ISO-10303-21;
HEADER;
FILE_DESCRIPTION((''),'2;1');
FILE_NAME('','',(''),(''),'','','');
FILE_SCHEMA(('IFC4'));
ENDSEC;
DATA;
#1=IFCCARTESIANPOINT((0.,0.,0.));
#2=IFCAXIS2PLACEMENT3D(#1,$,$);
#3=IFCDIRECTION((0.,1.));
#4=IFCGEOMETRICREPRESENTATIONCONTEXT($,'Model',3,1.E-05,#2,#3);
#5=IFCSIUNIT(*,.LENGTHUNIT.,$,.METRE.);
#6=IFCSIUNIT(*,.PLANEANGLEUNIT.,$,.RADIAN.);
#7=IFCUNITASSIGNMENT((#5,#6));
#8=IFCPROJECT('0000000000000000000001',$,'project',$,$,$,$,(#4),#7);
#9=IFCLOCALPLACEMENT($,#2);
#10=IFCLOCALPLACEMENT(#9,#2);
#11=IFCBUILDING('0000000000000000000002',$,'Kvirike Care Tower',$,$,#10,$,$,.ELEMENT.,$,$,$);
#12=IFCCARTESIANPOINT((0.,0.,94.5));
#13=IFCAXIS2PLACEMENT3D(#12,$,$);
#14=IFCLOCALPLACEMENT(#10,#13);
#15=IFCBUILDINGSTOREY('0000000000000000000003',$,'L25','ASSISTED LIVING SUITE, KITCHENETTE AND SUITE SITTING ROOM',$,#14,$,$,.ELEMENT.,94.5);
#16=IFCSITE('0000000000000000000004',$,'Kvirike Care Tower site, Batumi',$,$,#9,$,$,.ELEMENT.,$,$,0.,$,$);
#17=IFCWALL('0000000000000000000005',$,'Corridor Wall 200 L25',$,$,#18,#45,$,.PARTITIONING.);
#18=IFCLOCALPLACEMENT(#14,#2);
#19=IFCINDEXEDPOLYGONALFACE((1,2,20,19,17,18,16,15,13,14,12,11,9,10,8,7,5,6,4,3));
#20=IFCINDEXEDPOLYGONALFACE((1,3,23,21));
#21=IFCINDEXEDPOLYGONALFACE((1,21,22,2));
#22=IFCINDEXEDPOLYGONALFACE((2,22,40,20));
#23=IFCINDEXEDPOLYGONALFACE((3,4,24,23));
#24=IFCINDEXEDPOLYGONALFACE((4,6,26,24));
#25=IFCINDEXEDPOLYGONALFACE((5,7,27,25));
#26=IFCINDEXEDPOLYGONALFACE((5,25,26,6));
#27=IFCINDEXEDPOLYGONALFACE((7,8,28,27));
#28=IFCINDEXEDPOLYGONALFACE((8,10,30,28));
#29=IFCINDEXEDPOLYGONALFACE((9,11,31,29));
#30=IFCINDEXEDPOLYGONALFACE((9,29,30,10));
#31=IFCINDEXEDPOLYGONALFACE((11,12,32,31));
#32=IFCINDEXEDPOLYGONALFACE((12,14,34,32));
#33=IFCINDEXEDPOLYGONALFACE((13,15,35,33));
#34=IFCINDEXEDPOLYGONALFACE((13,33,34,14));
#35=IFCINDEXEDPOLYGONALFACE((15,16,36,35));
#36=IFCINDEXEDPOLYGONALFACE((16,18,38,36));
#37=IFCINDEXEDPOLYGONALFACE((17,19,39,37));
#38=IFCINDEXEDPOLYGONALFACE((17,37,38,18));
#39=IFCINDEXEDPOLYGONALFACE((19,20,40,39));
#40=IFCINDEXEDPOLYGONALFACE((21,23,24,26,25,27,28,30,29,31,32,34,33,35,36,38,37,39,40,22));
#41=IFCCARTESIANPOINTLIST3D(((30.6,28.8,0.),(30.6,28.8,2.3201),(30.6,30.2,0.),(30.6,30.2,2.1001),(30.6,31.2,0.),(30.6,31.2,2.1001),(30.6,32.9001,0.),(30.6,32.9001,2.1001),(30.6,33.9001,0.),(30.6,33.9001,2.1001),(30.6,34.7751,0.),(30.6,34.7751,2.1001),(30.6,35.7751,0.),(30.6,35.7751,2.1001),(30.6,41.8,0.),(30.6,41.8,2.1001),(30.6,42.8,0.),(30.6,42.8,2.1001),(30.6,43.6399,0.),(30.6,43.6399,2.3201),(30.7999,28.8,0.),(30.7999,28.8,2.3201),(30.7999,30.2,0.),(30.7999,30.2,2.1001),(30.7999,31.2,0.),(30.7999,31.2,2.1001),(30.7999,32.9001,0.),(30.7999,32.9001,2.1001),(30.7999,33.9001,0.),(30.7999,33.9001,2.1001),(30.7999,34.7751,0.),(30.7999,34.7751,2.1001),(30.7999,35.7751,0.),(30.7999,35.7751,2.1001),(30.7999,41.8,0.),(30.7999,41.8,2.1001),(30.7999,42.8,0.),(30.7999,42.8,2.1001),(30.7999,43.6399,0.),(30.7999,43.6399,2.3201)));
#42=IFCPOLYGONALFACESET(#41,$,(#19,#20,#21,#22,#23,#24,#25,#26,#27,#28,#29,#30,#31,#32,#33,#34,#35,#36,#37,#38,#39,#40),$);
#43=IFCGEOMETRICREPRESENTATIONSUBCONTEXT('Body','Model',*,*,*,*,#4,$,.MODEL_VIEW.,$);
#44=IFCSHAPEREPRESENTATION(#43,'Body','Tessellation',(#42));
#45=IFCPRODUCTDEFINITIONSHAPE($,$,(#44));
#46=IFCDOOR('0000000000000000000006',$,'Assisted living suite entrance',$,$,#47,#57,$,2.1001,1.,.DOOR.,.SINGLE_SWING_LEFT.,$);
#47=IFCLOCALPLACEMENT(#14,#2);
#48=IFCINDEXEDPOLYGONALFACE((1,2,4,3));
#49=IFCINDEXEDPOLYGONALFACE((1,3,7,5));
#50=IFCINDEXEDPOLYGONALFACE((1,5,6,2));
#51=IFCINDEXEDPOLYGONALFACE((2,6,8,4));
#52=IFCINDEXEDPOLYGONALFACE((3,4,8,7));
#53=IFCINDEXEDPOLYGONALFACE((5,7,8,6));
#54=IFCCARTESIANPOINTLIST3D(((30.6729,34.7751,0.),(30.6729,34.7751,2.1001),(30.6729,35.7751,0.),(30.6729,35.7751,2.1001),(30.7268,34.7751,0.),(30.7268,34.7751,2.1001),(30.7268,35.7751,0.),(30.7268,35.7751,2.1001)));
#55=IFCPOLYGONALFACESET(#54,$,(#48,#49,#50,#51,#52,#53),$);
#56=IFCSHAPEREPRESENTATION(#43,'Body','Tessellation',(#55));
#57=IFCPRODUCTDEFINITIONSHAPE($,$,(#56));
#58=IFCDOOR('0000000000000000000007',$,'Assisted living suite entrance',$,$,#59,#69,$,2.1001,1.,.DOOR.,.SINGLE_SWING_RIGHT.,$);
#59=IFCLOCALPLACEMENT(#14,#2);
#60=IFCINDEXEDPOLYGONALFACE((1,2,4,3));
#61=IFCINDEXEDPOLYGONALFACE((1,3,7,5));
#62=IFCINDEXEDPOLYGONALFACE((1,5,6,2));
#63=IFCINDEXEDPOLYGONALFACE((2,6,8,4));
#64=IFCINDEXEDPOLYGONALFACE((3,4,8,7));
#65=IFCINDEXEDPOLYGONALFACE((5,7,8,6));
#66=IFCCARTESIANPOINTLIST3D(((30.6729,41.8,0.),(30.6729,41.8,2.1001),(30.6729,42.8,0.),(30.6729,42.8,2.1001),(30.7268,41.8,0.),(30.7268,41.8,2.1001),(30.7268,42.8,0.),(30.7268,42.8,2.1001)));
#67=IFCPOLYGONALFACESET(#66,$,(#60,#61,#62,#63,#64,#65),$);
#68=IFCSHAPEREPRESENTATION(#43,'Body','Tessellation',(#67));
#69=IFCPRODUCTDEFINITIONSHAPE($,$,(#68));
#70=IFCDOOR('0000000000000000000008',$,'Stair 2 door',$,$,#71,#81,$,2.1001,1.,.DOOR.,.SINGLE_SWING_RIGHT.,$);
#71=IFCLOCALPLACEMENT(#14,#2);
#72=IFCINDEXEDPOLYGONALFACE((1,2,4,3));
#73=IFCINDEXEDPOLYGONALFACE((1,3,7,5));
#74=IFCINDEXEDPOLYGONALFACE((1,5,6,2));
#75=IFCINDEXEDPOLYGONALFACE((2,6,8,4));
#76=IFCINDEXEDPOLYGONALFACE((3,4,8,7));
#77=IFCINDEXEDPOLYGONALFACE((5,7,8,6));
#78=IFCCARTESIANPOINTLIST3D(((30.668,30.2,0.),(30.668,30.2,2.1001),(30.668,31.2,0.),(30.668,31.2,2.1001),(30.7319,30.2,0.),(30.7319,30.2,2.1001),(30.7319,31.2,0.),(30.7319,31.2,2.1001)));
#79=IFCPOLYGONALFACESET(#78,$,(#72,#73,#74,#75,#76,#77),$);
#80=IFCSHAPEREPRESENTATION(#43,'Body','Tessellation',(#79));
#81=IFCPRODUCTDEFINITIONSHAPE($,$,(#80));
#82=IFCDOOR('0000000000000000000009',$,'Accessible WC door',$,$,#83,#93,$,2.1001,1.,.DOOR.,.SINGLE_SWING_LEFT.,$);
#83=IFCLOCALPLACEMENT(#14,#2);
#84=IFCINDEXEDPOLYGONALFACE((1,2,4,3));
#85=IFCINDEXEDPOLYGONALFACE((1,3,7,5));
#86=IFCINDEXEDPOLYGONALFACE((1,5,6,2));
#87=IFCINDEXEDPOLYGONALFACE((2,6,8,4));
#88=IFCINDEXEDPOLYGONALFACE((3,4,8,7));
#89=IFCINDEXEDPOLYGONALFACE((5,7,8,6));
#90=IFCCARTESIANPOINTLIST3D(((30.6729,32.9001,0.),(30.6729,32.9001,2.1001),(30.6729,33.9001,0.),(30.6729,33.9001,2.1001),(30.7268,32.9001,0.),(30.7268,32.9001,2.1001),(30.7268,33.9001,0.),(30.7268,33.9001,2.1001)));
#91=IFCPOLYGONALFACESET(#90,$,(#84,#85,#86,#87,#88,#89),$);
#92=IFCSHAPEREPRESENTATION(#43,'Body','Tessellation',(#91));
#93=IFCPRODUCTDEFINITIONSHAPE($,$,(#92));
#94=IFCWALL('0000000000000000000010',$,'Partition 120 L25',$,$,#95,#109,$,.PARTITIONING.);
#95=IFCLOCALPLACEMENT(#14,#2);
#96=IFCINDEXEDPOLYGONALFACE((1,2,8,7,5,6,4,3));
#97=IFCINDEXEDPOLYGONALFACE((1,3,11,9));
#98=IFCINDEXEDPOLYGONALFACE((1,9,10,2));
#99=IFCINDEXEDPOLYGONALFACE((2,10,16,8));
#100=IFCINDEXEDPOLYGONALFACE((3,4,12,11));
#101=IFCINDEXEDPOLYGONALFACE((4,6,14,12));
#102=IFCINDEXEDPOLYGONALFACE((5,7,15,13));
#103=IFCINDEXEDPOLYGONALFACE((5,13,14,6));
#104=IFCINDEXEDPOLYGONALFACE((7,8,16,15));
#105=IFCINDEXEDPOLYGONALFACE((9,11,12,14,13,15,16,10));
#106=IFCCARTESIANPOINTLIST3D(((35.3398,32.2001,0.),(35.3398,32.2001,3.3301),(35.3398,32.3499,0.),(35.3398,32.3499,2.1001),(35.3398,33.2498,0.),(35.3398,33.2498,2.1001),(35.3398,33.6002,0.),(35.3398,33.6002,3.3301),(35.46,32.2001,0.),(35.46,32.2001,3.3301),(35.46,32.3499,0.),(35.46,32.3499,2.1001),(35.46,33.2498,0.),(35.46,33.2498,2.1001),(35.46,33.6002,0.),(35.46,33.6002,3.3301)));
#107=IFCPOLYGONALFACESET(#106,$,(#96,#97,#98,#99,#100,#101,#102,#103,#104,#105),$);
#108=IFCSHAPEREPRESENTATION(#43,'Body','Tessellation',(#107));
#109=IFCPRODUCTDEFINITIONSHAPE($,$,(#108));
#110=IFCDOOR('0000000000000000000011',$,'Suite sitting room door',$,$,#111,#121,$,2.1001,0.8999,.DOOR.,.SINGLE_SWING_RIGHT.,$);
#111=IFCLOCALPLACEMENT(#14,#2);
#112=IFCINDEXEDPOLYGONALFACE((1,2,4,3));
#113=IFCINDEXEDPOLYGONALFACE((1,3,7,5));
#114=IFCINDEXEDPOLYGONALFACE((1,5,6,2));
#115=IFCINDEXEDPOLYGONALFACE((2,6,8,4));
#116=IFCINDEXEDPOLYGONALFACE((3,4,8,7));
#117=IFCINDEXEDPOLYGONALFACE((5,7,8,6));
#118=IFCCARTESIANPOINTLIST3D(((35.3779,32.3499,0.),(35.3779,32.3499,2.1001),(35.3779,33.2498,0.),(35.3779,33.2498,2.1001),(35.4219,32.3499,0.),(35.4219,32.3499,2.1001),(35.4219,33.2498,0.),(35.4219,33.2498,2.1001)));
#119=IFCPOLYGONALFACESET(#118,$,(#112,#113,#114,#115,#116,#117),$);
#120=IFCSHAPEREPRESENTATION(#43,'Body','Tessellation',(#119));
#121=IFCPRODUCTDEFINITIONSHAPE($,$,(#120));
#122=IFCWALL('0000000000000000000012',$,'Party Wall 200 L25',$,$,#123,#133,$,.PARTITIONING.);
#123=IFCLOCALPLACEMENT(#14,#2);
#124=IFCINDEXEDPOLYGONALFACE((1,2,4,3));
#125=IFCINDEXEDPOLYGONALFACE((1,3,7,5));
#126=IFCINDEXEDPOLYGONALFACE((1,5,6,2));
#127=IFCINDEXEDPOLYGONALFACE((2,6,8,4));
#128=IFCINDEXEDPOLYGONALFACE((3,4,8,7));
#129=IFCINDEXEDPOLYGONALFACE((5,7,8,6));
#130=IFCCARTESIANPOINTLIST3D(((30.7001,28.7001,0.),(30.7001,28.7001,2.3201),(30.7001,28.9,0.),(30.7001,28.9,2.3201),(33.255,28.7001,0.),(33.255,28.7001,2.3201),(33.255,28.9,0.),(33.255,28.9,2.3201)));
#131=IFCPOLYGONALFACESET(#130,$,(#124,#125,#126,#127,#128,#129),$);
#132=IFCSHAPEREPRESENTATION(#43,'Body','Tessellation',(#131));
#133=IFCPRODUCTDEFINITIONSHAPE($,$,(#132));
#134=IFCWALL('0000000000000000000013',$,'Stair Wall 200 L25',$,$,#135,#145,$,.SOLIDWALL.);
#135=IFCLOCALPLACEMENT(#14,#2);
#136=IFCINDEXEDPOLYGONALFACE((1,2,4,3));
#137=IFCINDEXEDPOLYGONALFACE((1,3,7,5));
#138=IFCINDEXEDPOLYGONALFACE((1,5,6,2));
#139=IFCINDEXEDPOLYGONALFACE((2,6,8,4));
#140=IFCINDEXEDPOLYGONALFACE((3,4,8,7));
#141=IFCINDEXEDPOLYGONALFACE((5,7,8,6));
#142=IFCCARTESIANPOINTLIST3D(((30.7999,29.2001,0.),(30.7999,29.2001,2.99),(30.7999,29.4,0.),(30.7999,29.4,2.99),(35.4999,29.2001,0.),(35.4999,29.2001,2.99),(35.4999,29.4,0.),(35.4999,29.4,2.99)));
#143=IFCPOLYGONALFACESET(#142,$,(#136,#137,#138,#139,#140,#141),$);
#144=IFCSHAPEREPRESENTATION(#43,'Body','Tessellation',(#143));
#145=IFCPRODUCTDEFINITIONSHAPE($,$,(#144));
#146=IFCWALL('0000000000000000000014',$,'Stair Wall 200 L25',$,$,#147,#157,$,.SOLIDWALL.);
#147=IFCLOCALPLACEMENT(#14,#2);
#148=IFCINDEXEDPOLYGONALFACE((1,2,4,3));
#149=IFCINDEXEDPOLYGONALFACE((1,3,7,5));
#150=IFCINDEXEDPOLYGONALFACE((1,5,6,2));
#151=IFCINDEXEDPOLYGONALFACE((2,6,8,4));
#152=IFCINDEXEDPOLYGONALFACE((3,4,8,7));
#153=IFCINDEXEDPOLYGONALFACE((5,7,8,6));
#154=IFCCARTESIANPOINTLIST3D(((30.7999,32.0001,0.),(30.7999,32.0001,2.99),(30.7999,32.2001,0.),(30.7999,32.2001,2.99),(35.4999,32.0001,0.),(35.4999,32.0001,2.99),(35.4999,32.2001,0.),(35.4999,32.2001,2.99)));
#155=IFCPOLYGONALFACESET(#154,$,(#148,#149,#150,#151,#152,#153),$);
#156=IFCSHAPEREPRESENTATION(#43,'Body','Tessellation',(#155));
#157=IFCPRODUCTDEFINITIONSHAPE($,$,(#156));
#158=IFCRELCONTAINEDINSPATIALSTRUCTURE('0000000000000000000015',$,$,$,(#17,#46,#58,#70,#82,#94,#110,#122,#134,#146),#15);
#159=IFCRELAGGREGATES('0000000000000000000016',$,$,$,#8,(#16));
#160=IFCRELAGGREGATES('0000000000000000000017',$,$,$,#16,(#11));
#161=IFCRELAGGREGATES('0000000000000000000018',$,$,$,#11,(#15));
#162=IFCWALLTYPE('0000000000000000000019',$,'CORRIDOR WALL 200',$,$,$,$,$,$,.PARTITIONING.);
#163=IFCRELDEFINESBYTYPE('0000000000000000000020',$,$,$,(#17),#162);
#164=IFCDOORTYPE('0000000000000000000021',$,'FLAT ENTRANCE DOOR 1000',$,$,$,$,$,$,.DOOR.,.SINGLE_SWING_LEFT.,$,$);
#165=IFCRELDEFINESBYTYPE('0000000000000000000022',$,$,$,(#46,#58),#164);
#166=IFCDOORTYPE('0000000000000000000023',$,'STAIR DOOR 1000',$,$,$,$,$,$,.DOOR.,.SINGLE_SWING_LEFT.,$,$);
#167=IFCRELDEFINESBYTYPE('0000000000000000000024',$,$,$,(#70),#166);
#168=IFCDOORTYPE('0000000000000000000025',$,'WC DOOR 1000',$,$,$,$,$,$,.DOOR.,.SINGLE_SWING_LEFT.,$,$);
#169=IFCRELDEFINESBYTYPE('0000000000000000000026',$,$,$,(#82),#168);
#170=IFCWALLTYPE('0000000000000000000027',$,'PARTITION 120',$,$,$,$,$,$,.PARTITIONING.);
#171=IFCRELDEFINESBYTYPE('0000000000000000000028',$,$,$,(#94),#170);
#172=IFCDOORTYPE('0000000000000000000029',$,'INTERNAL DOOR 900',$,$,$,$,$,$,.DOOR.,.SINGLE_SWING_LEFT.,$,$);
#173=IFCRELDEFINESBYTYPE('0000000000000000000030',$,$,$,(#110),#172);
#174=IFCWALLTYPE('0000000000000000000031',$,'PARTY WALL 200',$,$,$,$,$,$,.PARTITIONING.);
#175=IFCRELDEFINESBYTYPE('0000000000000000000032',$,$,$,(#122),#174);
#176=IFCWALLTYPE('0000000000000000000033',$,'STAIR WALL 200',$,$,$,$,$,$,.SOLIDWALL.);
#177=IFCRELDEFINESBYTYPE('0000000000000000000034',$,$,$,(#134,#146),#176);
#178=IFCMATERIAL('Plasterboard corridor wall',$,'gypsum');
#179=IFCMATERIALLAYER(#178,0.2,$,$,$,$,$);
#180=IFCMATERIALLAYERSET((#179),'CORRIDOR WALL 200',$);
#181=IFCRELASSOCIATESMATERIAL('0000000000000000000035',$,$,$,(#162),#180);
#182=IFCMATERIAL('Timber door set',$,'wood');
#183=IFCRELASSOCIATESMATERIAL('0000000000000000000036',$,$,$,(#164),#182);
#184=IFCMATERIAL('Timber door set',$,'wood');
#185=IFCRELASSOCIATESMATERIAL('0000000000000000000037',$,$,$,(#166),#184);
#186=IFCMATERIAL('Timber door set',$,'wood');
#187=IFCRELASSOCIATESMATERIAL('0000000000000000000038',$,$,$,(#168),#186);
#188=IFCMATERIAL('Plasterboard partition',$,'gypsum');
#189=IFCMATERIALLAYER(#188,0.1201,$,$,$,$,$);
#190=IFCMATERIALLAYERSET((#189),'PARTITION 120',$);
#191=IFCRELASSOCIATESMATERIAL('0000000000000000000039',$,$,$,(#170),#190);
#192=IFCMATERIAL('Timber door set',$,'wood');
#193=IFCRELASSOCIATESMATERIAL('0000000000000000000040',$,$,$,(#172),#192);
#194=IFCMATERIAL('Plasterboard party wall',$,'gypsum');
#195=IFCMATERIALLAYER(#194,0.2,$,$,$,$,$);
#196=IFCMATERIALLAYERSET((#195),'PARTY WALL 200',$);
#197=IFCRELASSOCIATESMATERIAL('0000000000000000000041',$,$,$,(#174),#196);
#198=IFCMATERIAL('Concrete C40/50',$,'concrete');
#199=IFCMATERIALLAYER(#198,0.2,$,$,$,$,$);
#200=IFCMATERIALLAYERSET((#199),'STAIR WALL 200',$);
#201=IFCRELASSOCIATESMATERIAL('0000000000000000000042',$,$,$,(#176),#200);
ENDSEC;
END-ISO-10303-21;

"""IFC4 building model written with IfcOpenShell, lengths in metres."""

from ifc_helpers import new_model, si_unit, direction, frame, frame_2d, origin, place, context, subcontext, project, spatial, rectangle, extrude, material, layer, layer_set, type_object, element, fill, save


model = new_model("IFC4")

# Units and contexts
model_context = context("Model", 3, precision=1e-05, world=origin(), true_north=direction((0.0, 1.0)))
body_context = subcontext(model_context, "Body", "Model", "MODEL_VIEW")
ifc_project = project(units=[si_unit("LENGTHUNIT", "METRE"), si_unit("PLANEANGLEUNIT", "RADIAN")], contexts=[model_context])

# Site, building, storey
site_placement = place(None, origin())
site = spatial("IfcSite", under=ifc_project, at=site_placement, Name="Kvirike Care Tower site, Batumi", CompositionType="ELEMENT", RefElevation=0.0)
building_placement = place(site_placement, origin())
building = spatial("IfcBuilding", under=site, at=building_placement, Name="Kvirike Care Tower", CompositionType="ELEMENT")
storey_placement = place(building_placement, frame((0.0, 0.0, 94.5)))
storey = spatial("IfcBuildingStorey", under=building, at=storey_placement, Name="L25", Description="ASSISTED LIVING SUITE, KITCHENETTE AND SUITE SITTING ROOM", CompositionType="ELEMENT", Elevation=94.5)

# Wall, openings, doors
ifc_material_1 = material(Name="Plasterboard corridor wall", Category="gypsum")
ifc_layer_1 = layer(ifc_material_1, 0.2)
ifc_layer_set_1 = layer_set([ifc_layer_1], Name="CORRIDOR WALL 200")
wall_type_1 = type_object("IfcWallType", Name="CORRIDOR WALL 200", PredefinedType="PARTITIONING", material=ifc_layer_set_1)
wall_1_placement = place(storey_placement, frame((30.7, 28.8, 0.0), z_axis=(0.0, 0.0, 1.0), x_axis=(0.0, 1.0, 0.0)))
wall_1 = element("IfcWall", 1, at=wall_1_placement, inside=storey, type_object=wall_type_1, Name="Corridor Wall 200 L25", PredefinedType="PARTITIONING", context=body_context, shape_type="SweptSolid", body=[
    extrude(rectangle(XDim=14.8398, YDim=0.2, at=frame_2d((7.4199, 0.0))), origin(), (0.0, 0.0, 1.0), 2.3201),
])
opening_1_placement = place(wall_1_placement, frame((1.3999, 0.0, 0.0)))
opening_1 = element("IfcOpeningElement", 2, at=opening_1_placement, cuts=wall_1, PredefinedType="OPENING", context=body_context, shape_type="SweptSolid", body=[
    extrude(rectangle(XDim=1.0, YDim=2.1001, at=frame_2d((0.5, 1.05))), frame((0.0, 0.1106, 0.0), z_axis=(0.0, -1.0, 0.0), x_axis=(1.0, 0.0, 0.0)), (0.0, 0.0, 1.0), 0.2209),
])
opening_2_placement = place(wall_1_placement, frame((4.1001, 0.0, 0.0)))
opening_2 = element("IfcOpeningElement", 3, at=opening_2_placement, cuts=wall_1, PredefinedType="OPENING", context=body_context, shape_type="SweptSolid", body=[
    extrude(rectangle(XDim=1.0, YDim=2.1001, at=frame_2d((0.5, 1.05))), frame((0.0, 0.1106, 0.0), z_axis=(0.0, -1.0, 0.0), x_axis=(1.0, 0.0, 0.0)), (0.0, 0.0, 1.0), 0.2209),
])
opening_3_placement = place(wall_1_placement, frame((5.9751, 0.0, 0.0)))
opening_3 = element("IfcOpeningElement", 4, at=opening_3_placement, cuts=wall_1, PredefinedType="OPENING", context=body_context, shape_type="SweptSolid", body=[
    extrude(rectangle(XDim=1.0, YDim=2.1001, at=frame_2d((0.5, 1.05))), frame((0.0, 0.1106, 0.0), z_axis=(0.0, -1.0, 0.0), x_axis=(1.0, 0.0, 0.0)), (0.0, 0.0, 1.0), 0.2209),
])
opening_4_placement = place(wall_1_placement, frame((13.0, 0.0, 0.0)))
opening_4 = element("IfcOpeningElement", 5, at=opening_4_placement, cuts=wall_1, PredefinedType="OPENING", context=body_context, shape_type="SweptSolid", body=[
    extrude(rectangle(XDim=1.0, YDim=2.1001, at=frame_2d((0.5, 1.05))), frame((0.0, 0.1106, 0.0), z_axis=(0.0, -1.0, 0.0), x_axis=(1.0, 0.0, 0.0)), (0.0, 0.0, 1.0), 0.2209),
])
ifc_material_2 = material(Name="Timber door set", Category="wood")
door_type_1 = type_object("IfcDoorType", Name="FLAT ENTRANCE DOOR 1000", OperationType="SINGLE_SWING_LEFT", PredefinedType="DOOR", material=ifc_material_2)
door_1_placement = place(opening_3_placement, frame((1.0, 0.0, 0.0), z_axis=(0.0, 0.0, 1.0), x_axis=(-1.0, 0.0, 0.0)))
door_1 = element("IfcDoor", 6, at=door_1_placement, inside=storey, type_object=door_type_1, Name="Assisted living suite entrance", OperationType="SINGLE_SWING_LEFT", OverallHeight=2.1001, OverallWidth=1.0, PredefinedType="DOOR", context=body_context, shape_type="SweptSolid", body=[
    extrude(rectangle(XDim=1.0, YDim=2.1001, at=frame_2d((0.5, 1.05))), frame((0.0, 0.0269, 0.0), z_axis=(0.0, -1.0, 0.0), x_axis=(1.0, 0.0, 0.0)), (0.0, 0.0, 1.0), 0.054),
])
fill(opening_3, door_1)
door_2_placement = place(opening_4_placement, frame((1.0, 0.0, 0.0), z_axis=(0.0, 0.0, 1.0), x_axis=(-1.0, 0.0, 0.0)))
door_2 = element("IfcDoor", 7, at=door_2_placement, inside=storey, type_object=door_type_1, Name="Assisted living suite entrance", OperationType="SINGLE_SWING_RIGHT", OverallHeight=2.1001, OverallWidth=1.0, PredefinedType="DOOR", context=body_context, shape_type="SweptSolid", body=[
    extrude(rectangle(XDim=1.0, YDim=2.1001, at=frame_2d((0.5, 1.05))), frame((0.0, 0.0269, 0.0), z_axis=(0.0, -1.0, 0.0), x_axis=(1.0, 0.0, 0.0)), (0.0, 0.0, 1.0), 0.054),
])
fill(opening_4, door_2)
ifc_material_3 = material(Name="Timber door set", Category="wood")
door_type_2 = type_object("IfcDoorType", Name="STAIR DOOR 1000", OperationType="SINGLE_SWING_LEFT", PredefinedType="DOOR", material=ifc_material_3)
door_3_placement = place(opening_1_placement, frame((1.0, 0.0, 0.0), z_axis=(0.0, 0.0, 1.0), x_axis=(-1.0, 0.0, 0.0)))
door_3 = element("IfcDoor", 8, at=door_3_placement, inside=storey, type_object=door_type_2, Name="Stair 2 door", OperationType="SINGLE_SWING_RIGHT", OverallHeight=2.1001, OverallWidth=1.0, PredefinedType="DOOR", context=body_context, shape_type="SweptSolid", body=[
    extrude(rectangle(XDim=1.0, YDim=2.1001, at=frame_2d((0.5, 1.05))), frame((0.0, 0.032, 0.0), z_axis=(0.0, -1.0, 0.0), x_axis=(1.0, 0.0, 0.0)), (0.0, 0.0, 1.0), 0.064),
])
fill(opening_1, door_3)
ifc_material_4 = material(Name="Timber door set", Category="wood")
door_type_3 = type_object("IfcDoorType", Name="WC DOOR 1000", OperationType="SINGLE_SWING_LEFT", PredefinedType="DOOR", material=ifc_material_4)
door_4_placement = place(opening_2_placement, frame((1.0, 0.0, 0.0), z_axis=(0.0, 0.0, 1.0), x_axis=(-1.0, 0.0, 0.0)))
door_4 = element("IfcDoor", 9, at=door_4_placement, inside=storey, type_object=door_type_3, Name="Accessible WC door", OperationType="SINGLE_SWING_LEFT", OverallHeight=2.1001, OverallWidth=1.0, PredefinedType="DOOR", context=body_context, shape_type="SweptSolid", body=[
    extrude(rectangle(XDim=1.0, YDim=2.1001, at=frame_2d((0.5, 1.05))), frame((0.0, 0.0269, 0.0), z_axis=(0.0, -1.0, 0.0), x_axis=(1.0, 0.0, 0.0)), (0.0, 0.0, 1.0), 0.054),
])
fill(opening_2, door_4)

# Wall, opening, door
ifc_material_5 = material(Name="Plasterboard partition", Category="gypsum")
ifc_layer_2 = layer(ifc_material_5, 0.1201)
ifc_layer_set_2 = layer_set([ifc_layer_2], Name="PARTITION 120")
wall_type_2 = type_object("IfcWallType", Name="PARTITION 120", PredefinedType="PARTITIONING", material=ifc_layer_set_2)
wall_2_placement = place(storey_placement, frame((35.3999, 32.2, 0.0), z_axis=(0.0, 0.0, 1.0), x_axis=(0.0, 1.0, 0.0)))
wall_2 = element("IfcWall", 10, at=wall_2_placement, inside=storey, type_object=wall_type_2, Name="Partition 120 L25", PredefinedType="PARTITIONING", context=body_context, shape_type="SweptSolid", body=[
    extrude(rectangle(XDim=1.4001, YDim=0.1201, at=frame_2d((0.7002, 0.0))), origin(), (0.0, 0.0, 1.0), 3.3301),
])
opening_5_placement = place(wall_2_placement, frame((0.1499, 0.0, 0.0)))
opening_5 = element("IfcOpeningElement", 11, at=opening_5_placement, cuts=wall_2, PredefinedType="OPENING", context=body_context, shape_type="SweptSolid", body=[
    extrude(rectangle(XDim=0.8999, YDim=2.1001, at=frame_2d((0.45, 1.05))), frame((0.0, 0.0706, 0.0), z_axis=(0.0, -1.0, 0.0), x_axis=(1.0, 0.0, 0.0)), (0.0, 0.0, 1.0), 0.1411),
])
ifc_material_6 = material(Name="Timber door set", Category="wood")
door_type_4 = type_object("IfcDoorType", Name="INTERNAL DOOR 900", OperationType="SINGLE_SWING_LEFT", PredefinedType="DOOR", material=ifc_material_6)
door_5_placement = place(opening_5_placement, origin())
door_5 = element("IfcDoor", 12, at=door_5_placement, inside=storey, type_object=door_type_4, Name="Suite sitting room door", OperationType="SINGLE_SWING_RIGHT", OverallHeight=2.1001, OverallWidth=0.8999, PredefinedType="DOOR", context=body_context, shape_type="SweptSolid", body=[
    extrude(rectangle(XDim=0.8999, YDim=2.1001, at=frame_2d((0.45, 1.05))), frame((0.0, 0.022, 0.0), z_axis=(0.0, -1.0, 0.0), x_axis=(1.0, 0.0, 0.0)), (0.0, 0.0, 1.0), 0.0439),
])
fill(opening_5, door_5)

# Walls
ifc_material_7 = material(Name="Plasterboard party wall", Category="gypsum")
ifc_layer_3 = layer(ifc_material_7, 0.2)
ifc_layer_set_3 = layer_set([ifc_layer_3], Name="PARTY WALL 200")
wall_type_3 = type_object("IfcWallType", Name="PARTY WALL 200", PredefinedType="PARTITIONING", material=ifc_layer_set_3)
wall_3_placement = place(storey_placement, frame((33.2549, 28.8, 0.0), z_axis=(0.0, 0.0, 1.0), x_axis=(-1.0, 0.0, 0.0)))
element("IfcWall", 13, at=wall_3_placement, inside=storey, type_object=wall_type_3, Name="Party Wall 200 L25", PredefinedType="PARTITIONING", context=body_context, shape_type="SweptSolid", body=[
    extrude(rectangle(XDim=2.5549, YDim=0.2, at=frame_2d((1.2773, 0.0))), origin(), (0.0, 0.0, 1.0), 2.3201),
])
ifc_material_8 = material(Name="Concrete C40/50", Category="concrete")
ifc_layer_4 = layer(ifc_material_8, 0.2)
ifc_layer_set_4 = layer_set([ifc_layer_4], Name="STAIR WALL 200")
wall_type_4 = type_object("IfcWallType", Name="STAIR WALL 200", PredefinedType="SOLIDWALL", material=ifc_layer_set_4)
for number, where, z_axis, x_axis, name in (
    (14, (35.5, 29.3, 0.0), (0.0, 0.0, 1.0), (-1.0, 0.0, 0.0), "Stair Wall 200 L25"),
    (15, (35.5, 32.1001, 0.0), (0.0, 0.0, 1.0), (-1.0, 0.0, 0.0), "Stair Wall 200 L25"),
):
    element("IfcWall", number, at=place(storey_placement, frame(where, z_axis=z_axis, x_axis=x_axis)), inside=storey, type_object=wall_type_4, Name=name, PredefinedType="SOLIDWALL", context=body_context, shape_type="SweptSolid", body=[
        extrude(rectangle(XDim=4.7, YDim=0.2, at=frame_2d((2.3501, 0.0))), origin(), (0.0, 0.0, 1.0), 2.99),
    ])

save(model, "model.ifc")
